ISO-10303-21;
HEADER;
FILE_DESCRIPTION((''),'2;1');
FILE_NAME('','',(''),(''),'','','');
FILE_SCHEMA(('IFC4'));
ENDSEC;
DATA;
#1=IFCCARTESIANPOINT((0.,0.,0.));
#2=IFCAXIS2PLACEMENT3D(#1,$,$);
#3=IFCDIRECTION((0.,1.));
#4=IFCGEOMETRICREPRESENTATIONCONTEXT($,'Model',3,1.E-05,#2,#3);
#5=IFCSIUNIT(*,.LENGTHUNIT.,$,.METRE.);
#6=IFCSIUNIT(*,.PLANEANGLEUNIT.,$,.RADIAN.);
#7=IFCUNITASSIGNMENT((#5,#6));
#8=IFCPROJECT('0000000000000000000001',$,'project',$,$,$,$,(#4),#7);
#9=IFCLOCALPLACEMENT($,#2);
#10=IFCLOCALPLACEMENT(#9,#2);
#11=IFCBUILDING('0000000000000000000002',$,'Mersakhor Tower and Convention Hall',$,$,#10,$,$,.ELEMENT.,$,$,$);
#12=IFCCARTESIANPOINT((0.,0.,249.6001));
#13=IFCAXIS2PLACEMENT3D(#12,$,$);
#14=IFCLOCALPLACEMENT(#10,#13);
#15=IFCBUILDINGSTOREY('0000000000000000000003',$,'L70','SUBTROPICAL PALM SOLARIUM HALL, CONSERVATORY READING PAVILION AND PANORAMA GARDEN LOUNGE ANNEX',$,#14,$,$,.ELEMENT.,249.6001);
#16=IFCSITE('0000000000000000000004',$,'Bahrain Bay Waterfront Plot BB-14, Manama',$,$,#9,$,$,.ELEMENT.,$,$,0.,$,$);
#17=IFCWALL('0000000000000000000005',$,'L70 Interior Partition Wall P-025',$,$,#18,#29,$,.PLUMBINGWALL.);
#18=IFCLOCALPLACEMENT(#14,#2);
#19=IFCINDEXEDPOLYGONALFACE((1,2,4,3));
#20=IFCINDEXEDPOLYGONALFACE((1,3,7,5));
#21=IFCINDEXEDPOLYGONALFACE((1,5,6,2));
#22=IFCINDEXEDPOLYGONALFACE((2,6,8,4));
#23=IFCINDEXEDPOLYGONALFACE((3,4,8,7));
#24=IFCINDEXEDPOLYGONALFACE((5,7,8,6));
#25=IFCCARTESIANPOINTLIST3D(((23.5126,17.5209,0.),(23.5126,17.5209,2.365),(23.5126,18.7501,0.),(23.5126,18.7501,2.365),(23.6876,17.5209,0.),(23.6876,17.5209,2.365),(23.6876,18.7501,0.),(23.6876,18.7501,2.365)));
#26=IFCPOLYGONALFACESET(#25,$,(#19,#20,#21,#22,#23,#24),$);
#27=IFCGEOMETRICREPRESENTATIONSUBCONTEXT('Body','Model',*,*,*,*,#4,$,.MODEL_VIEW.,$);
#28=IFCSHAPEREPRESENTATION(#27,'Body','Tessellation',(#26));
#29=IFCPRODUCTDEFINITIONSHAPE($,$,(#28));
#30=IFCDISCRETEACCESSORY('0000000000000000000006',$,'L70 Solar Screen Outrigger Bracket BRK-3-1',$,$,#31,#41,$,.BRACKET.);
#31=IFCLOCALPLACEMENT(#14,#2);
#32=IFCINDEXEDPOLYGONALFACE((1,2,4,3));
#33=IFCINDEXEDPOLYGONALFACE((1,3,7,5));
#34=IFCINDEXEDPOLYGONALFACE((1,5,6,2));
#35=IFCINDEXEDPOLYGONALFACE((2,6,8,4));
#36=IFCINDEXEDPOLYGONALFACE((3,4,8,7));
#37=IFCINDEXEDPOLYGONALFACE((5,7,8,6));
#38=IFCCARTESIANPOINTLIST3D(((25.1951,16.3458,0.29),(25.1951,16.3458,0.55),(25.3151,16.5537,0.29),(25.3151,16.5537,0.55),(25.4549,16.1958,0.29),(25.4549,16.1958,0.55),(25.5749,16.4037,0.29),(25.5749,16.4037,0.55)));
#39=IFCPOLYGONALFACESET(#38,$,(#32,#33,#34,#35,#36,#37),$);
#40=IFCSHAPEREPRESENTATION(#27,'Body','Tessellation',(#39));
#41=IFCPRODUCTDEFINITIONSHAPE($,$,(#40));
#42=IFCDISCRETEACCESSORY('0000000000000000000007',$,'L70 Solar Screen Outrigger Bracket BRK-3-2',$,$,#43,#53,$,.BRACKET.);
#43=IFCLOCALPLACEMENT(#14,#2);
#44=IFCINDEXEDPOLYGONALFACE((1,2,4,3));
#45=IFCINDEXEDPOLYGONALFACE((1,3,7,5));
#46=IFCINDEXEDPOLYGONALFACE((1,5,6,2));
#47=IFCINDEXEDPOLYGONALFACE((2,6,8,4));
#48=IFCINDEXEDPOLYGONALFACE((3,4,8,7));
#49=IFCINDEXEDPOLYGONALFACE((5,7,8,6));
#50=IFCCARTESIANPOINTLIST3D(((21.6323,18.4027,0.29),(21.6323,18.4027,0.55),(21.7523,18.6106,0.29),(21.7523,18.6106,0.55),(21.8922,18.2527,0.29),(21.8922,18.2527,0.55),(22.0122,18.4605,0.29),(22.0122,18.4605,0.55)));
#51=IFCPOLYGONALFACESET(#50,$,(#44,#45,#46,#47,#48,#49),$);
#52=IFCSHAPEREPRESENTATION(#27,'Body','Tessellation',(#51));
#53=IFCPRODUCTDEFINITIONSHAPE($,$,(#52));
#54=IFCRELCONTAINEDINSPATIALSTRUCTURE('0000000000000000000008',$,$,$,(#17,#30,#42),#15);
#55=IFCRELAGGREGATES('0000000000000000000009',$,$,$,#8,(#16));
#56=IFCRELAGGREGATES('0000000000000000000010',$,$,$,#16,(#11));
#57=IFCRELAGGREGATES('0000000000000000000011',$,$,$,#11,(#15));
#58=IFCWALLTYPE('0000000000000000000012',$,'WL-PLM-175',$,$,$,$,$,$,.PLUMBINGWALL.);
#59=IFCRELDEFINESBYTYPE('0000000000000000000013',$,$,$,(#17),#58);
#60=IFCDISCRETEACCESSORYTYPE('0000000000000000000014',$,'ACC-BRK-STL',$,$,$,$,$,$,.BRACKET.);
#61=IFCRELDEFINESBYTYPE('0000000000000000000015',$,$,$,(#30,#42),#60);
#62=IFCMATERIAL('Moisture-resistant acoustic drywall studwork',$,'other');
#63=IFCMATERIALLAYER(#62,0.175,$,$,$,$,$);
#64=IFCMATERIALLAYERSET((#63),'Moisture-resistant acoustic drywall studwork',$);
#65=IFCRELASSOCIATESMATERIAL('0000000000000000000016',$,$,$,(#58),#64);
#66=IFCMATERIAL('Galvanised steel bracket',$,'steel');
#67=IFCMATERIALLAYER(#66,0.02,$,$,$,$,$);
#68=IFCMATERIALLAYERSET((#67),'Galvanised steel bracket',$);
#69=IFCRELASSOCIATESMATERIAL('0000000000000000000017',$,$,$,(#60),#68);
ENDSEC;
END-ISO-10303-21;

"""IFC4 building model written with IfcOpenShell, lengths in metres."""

from ifc_helpers import new_model, si_unit, direction, frame, frame_2d, origin, origin_2d, place, context, subcontext, project, spatial, rectangle, extrude, material, layer, layer_set, type_object, element, save


model = new_model("IFC4")

# Units and contexts
model_context = context("Model", 3, precision=1e-05, world=origin(), true_north=direction((0.0, 1.0)))
body_context = subcontext(model_context, "Body", "Model", "MODEL_VIEW")
ifc_project = project(units=[si_unit("LENGTHUNIT", "METRE"), si_unit("PLANEANGLEUNIT", "RADIAN")], contexts=[model_context])

# Site, building, storey
site_placement = place(None, origin())
site = spatial("IfcSite", under=ifc_project, at=site_placement, Name="Bahrain Bay Waterfront Plot BB-14, Manama", CompositionType="ELEMENT", RefElevation=0.0)
building_placement = place(site_placement, origin())
building = spatial("IfcBuilding", under=site, at=building_placement, Name="Mersakhor Tower and Convention Hall", CompositionType="ELEMENT")
storey_placement = place(building_placement, frame((0.0, 0.0, 249.6001)))
storey = spatial("IfcBuildingStorey", under=building, at=storey_placement, Name="L70", Description="SUBTROPICAL PALM SOLARIUM HALL, CONSERVATORY READING PAVILION AND PANORAMA GARDEN LOUNGE ANNEX", CompositionType="ELEMENT", Elevation=249.6001)

# Wall
ifc_material_1 = material(Name="Moisture-resistant acoustic drywall studwork", Category="other")
ifc_layer_1 = layer(ifc_material_1, 0.175)
ifc_layer_set_1 = layer_set([ifc_layer_1], Name="Moisture-resistant acoustic drywall studwork")
wall_type = type_object("IfcWallType", Name="WL-PLM-175", PredefinedType="PLUMBINGWALL", material=ifc_layer_set_1)
wall_placement = place(storey_placement, frame((23.6001, 17.5208, 0.0), z_axis=(0.0, 0.0, 1.0), x_axis=(0.0, 1.0, 0.0)))
element("IfcWall", 1, at=wall_placement, inside=storey, type_object=wall_type, Name="L70 Interior Partition Wall P-025", PredefinedType="PLUMBINGWALL", context=body_context, shape_type="SweptSolid", body=[
    extrude(rectangle(XDim=1.2292, YDim=0.175, at=frame_2d((0.6147, 0.0))), origin(), (0.0, 0.0, 1.0), 2.365),
])

# Discrete accessories
ifc_material_2 = material(Name="Galvanised steel bracket", Category="steel")
ifc_layer_2 = layer(ifc_material_2, 0.02)
ifc_layer_set_2 = layer_set([ifc_layer_2], Name="Galvanised steel bracket")
discrete_accessory_type = type_object("IfcDiscreteAccessoryType", Name="ACC-BRK-STL", PredefinedType="BRACKET", material=ifc_layer_set_2)
for number, where, z_axis, x_axis, name in (
    (2, (25.385, 16.3748, 0.29), (0.0, 0.0, 1.0), (-0.866025, 0.5, 0.0), "L70 Solar Screen Outrigger Bracket BRK-3-1"),
    (3, (21.8223, 18.4316, 0.29), (0.0, 0.0, 1.0), (-0.866025, 0.5, 0.0), "L70 Solar Screen Outrigger Bracket BRK-3-2"),
):
    element("IfcDiscreteAccessory", number, at=place(storey_placement, frame(where, z_axis=z_axis, x_axis=x_axis)), inside=storey, type_object=discrete_accessory_type, Name=name, PredefinedType="BRACKET", context=body_context, shape_type="SweptSolid", body=[
        extrude(rectangle(XDim=0.3, YDim=0.24, at=origin_2d()), origin(), (0.0, 0.0, 1.0), 0.26),
    ])

save(model, "model.ifc")
